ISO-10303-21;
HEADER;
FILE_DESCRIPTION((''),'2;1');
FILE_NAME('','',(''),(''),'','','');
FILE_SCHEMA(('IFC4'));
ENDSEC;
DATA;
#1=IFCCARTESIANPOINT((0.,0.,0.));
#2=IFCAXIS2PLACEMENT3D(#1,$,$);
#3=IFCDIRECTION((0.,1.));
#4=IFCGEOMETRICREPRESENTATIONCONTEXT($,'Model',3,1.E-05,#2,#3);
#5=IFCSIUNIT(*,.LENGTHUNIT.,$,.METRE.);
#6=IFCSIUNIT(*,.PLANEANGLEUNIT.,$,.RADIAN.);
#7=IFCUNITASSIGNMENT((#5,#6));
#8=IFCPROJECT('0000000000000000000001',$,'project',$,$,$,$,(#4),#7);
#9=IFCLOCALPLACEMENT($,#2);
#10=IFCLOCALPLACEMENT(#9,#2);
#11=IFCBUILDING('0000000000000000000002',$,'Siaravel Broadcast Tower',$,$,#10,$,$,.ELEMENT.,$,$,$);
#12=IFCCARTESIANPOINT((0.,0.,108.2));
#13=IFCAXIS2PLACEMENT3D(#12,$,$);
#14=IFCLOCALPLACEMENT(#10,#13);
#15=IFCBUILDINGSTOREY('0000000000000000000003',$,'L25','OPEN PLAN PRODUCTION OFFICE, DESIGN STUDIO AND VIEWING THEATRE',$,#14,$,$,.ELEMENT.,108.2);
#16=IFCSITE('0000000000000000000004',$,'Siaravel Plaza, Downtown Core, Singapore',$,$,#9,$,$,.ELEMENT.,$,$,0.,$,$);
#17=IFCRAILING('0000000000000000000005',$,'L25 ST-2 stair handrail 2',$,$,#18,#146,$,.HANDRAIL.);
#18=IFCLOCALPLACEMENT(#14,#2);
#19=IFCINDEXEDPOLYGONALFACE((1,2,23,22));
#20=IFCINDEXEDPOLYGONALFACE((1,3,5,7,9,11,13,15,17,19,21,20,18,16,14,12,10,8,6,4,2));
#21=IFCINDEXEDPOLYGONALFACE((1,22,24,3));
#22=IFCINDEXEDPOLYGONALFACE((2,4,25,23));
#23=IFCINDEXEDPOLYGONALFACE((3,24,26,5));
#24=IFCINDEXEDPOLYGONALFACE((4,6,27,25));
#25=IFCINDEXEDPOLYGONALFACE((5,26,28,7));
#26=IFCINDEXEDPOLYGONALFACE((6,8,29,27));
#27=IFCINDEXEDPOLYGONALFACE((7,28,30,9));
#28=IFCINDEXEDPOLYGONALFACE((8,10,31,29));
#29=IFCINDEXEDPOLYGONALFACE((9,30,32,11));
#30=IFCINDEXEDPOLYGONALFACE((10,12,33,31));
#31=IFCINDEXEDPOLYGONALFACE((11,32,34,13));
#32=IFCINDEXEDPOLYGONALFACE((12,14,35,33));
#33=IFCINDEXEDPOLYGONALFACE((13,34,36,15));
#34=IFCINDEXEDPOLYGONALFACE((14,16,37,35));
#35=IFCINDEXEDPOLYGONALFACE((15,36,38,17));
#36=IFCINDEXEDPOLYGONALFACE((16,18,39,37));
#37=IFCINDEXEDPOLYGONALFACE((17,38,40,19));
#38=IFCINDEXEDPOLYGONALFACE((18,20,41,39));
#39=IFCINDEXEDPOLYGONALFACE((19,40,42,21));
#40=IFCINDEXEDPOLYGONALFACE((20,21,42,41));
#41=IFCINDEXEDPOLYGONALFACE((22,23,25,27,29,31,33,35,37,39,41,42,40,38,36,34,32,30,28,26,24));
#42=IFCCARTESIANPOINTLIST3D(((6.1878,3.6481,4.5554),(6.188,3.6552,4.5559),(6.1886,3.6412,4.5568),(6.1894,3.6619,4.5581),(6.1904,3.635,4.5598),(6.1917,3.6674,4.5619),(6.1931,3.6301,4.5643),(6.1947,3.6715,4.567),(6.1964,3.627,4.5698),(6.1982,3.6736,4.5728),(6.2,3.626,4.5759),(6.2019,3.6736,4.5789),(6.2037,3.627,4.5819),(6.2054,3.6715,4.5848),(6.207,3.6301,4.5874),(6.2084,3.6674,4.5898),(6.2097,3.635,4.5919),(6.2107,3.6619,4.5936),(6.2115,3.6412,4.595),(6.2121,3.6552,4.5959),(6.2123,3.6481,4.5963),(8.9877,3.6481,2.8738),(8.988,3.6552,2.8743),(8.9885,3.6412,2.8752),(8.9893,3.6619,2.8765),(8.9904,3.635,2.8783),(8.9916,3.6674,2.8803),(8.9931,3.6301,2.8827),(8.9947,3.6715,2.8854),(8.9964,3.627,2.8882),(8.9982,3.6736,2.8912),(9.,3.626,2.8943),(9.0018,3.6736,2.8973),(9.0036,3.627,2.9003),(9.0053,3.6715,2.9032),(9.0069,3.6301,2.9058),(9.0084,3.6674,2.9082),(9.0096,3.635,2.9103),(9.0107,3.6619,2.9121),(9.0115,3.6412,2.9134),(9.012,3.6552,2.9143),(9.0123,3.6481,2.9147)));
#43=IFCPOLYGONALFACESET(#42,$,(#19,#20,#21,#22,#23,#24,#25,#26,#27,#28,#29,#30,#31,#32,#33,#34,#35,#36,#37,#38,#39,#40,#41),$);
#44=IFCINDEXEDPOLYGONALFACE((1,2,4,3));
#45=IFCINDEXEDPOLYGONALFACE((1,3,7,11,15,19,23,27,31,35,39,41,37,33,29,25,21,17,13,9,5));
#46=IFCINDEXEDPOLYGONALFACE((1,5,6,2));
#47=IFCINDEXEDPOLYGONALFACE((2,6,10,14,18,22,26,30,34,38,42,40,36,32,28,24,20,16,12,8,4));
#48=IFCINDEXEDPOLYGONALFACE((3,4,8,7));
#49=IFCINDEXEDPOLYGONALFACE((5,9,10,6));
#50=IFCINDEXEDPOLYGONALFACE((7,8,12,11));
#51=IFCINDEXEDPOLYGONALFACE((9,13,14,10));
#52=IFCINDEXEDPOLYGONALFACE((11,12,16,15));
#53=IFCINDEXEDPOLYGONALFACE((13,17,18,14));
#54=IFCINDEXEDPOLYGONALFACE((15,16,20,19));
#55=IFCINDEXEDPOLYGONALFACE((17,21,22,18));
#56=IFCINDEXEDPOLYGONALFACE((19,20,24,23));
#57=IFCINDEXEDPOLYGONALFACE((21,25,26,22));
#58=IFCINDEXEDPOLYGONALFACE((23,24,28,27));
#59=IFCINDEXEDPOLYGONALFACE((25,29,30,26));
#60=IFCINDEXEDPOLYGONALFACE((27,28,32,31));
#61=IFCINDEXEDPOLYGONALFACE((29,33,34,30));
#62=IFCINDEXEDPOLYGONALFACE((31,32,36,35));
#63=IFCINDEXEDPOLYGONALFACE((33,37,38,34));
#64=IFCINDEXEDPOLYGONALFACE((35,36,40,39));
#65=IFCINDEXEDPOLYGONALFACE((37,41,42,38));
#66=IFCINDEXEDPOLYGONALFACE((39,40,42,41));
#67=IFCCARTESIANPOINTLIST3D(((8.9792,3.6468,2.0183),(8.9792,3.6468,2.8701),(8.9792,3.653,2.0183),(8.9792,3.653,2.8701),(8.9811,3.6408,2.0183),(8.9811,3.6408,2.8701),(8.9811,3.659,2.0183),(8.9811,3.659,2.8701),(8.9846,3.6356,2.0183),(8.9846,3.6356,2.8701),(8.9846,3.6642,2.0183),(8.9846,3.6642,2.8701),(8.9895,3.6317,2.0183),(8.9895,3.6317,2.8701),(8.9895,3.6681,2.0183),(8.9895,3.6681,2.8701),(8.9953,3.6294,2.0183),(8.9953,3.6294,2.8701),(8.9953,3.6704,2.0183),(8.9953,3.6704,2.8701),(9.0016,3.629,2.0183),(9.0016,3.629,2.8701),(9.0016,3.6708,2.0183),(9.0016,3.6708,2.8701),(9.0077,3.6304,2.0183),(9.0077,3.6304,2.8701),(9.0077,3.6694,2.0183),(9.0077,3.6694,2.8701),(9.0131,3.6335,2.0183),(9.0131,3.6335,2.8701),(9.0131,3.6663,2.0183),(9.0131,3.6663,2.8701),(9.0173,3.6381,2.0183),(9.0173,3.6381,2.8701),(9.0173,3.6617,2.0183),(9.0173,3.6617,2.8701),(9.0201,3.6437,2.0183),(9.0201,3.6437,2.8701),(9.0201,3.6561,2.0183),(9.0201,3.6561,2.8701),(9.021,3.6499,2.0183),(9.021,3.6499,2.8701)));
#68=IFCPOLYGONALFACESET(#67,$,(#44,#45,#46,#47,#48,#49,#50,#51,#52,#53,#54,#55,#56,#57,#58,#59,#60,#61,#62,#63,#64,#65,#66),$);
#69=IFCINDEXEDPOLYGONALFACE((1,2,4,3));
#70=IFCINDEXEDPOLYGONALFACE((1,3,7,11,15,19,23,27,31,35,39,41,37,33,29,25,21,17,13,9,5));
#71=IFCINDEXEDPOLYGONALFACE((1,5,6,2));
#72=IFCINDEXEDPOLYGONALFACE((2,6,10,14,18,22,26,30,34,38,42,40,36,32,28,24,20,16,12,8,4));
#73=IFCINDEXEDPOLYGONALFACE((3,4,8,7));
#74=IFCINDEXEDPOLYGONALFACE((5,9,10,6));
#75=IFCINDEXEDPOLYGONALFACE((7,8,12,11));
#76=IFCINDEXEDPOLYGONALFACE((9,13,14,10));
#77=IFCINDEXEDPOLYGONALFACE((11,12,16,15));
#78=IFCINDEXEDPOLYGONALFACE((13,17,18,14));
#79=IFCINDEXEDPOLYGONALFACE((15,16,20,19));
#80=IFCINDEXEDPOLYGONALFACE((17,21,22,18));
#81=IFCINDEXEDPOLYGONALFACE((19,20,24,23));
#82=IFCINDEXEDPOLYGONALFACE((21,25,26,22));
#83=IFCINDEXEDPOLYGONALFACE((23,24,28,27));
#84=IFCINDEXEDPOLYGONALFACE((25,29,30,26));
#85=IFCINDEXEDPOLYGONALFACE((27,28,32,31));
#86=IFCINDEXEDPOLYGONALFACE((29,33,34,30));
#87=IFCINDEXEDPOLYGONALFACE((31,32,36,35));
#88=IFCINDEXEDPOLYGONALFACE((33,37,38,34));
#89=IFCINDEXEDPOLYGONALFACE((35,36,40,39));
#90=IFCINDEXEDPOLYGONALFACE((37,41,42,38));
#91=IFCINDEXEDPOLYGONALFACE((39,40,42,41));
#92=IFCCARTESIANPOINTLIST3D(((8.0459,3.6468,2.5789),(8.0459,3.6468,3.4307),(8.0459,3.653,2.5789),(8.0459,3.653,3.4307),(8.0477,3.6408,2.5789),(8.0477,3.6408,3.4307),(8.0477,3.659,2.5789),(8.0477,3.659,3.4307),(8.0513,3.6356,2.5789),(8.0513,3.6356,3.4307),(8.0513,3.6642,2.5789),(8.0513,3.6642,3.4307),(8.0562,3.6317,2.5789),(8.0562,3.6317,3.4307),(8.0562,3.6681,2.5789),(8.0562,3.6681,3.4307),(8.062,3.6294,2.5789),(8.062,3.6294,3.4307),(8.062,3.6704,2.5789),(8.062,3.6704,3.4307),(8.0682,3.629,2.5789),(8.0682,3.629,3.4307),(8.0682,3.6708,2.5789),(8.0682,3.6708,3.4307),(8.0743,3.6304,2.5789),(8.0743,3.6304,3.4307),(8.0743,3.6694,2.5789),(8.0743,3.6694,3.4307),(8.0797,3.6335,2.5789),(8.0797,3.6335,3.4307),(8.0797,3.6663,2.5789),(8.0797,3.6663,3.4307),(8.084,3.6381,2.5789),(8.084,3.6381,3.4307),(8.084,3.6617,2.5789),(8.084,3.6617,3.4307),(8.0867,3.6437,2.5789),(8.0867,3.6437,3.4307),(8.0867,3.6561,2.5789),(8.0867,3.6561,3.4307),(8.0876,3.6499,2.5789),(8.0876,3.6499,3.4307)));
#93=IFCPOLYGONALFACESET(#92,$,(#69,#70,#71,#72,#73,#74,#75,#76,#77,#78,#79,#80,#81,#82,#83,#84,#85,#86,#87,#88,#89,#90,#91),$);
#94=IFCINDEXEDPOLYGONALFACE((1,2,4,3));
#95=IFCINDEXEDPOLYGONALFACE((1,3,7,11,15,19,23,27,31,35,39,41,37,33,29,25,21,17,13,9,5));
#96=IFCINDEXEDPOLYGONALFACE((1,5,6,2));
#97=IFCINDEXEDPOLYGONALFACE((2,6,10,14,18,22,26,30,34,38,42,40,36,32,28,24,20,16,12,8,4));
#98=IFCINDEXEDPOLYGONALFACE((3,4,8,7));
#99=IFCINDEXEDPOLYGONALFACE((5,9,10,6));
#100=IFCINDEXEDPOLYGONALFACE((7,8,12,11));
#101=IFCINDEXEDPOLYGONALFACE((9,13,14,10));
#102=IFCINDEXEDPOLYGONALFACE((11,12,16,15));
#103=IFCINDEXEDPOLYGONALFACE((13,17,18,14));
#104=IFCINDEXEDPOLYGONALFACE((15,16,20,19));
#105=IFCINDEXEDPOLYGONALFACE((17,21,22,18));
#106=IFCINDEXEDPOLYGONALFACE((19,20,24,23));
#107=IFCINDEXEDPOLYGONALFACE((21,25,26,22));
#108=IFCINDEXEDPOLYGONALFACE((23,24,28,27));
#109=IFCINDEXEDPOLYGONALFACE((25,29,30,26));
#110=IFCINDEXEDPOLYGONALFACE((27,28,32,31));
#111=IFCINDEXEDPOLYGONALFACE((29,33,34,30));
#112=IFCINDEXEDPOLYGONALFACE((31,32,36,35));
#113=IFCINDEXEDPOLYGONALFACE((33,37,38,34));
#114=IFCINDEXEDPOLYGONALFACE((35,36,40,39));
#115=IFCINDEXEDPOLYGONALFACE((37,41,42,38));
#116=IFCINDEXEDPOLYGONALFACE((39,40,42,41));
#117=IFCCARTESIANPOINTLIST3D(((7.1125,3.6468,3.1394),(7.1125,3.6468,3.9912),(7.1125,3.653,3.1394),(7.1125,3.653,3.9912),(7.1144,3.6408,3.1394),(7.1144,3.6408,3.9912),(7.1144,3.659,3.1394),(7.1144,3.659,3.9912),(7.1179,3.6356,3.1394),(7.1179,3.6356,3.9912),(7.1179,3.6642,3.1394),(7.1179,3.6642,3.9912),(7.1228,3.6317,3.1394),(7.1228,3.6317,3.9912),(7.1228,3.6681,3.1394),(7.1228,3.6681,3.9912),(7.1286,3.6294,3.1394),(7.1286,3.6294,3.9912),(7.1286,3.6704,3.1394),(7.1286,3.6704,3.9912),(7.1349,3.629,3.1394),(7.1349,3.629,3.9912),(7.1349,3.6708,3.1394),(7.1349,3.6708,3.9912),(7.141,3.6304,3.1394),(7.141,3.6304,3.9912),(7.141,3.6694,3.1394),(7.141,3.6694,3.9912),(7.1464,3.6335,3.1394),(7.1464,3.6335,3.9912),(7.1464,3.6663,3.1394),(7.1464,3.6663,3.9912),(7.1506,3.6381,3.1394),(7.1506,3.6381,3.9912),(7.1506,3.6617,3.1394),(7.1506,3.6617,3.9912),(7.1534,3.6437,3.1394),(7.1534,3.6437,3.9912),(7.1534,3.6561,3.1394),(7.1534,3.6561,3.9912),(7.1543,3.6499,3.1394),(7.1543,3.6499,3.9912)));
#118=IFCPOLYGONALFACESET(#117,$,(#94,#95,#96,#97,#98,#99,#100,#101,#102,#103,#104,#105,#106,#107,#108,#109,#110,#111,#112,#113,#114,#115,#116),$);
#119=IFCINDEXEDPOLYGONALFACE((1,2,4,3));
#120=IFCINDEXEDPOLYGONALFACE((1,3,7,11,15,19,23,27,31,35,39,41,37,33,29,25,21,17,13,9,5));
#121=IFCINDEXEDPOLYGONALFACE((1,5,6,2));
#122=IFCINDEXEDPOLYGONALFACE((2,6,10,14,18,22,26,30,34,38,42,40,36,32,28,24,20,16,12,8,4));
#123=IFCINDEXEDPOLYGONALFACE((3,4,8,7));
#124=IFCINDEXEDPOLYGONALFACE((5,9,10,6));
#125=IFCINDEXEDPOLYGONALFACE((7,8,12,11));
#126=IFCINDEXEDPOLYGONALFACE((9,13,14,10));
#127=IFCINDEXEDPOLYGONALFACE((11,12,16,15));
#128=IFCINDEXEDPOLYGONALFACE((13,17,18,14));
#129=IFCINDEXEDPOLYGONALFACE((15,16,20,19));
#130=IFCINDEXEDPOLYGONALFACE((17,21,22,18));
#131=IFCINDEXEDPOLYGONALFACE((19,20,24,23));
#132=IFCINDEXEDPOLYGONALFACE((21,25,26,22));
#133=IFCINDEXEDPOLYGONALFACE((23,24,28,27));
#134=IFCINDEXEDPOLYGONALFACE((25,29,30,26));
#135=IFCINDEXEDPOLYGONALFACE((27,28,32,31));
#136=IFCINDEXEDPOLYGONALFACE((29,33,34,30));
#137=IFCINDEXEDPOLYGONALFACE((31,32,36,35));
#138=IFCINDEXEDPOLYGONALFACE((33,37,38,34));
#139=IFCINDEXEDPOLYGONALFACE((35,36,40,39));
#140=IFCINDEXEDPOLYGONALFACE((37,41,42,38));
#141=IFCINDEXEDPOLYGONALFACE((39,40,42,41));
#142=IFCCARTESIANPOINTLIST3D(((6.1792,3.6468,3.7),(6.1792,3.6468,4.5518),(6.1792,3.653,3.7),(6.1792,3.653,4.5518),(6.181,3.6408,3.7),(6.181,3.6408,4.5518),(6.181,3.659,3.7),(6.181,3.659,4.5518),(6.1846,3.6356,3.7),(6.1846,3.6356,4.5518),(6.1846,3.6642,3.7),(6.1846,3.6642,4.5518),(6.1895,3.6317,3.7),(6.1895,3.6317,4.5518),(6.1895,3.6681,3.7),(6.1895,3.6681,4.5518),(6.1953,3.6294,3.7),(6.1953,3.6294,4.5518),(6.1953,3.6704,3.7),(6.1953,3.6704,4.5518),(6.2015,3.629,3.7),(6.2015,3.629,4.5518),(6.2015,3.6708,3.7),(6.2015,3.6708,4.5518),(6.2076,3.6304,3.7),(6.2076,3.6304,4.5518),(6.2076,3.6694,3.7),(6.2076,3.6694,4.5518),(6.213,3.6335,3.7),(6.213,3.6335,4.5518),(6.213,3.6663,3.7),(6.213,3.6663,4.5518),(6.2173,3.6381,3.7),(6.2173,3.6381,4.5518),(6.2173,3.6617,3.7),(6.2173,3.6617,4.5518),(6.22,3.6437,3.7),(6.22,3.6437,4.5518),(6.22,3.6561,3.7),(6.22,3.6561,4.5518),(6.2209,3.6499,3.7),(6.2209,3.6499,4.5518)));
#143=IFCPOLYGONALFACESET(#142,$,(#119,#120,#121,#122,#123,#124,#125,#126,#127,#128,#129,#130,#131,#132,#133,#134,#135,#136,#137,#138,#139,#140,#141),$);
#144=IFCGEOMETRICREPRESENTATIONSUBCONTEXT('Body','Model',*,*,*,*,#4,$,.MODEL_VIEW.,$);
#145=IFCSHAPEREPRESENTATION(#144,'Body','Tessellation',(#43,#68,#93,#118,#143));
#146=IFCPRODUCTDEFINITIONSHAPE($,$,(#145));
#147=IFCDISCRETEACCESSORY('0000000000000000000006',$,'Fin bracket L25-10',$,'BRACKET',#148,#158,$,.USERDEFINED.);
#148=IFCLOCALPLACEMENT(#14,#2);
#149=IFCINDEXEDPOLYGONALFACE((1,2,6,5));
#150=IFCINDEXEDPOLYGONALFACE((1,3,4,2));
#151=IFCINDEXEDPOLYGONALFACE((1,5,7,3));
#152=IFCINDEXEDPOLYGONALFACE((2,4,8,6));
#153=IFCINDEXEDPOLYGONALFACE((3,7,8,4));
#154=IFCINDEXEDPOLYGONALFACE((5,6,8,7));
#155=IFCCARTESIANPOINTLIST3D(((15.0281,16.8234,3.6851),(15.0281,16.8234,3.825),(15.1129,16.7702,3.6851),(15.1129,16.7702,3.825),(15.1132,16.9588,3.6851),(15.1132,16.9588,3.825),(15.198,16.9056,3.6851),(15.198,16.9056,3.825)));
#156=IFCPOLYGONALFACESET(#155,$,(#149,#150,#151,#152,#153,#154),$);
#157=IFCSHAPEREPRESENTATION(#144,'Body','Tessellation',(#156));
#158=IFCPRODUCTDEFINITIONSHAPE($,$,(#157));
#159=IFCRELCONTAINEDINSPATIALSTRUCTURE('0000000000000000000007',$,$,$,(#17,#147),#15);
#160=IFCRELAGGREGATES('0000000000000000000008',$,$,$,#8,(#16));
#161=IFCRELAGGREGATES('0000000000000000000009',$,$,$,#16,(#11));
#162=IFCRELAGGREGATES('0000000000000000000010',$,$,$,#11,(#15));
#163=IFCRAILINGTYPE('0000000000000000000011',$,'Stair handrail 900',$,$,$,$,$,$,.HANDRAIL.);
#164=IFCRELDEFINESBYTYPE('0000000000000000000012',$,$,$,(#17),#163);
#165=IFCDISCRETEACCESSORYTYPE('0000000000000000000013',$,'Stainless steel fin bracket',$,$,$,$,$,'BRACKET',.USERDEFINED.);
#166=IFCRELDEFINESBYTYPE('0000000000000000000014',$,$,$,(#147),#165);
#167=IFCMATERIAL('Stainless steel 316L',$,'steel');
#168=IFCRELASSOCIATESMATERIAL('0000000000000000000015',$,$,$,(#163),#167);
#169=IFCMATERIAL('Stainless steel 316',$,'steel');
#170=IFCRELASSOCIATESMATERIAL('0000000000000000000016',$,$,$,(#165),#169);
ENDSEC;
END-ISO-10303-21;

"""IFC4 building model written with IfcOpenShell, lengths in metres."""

from ifc_helpers import new_model, si_unit, direction, frame, origin, origin_2d, place, context, subcontext, project, spatial, rectangle, circle, extrude, material, type_object, element, save


model = new_model("IFC4")

# Units and contexts
model_context = context("Model", 3, precision=1e-05, world=origin(), true_north=direction((0.0, 1.0)))
body_context = subcontext(model_context, "Body", "Model", "MODEL_VIEW")
ifc_project = project(units=[si_unit("LENGTHUNIT", "METRE"), si_unit("PLANEANGLEUNIT", "RADIAN")], contexts=[model_context])

# Site, building, storey
site_placement = place(None, origin())
site = spatial("IfcSite", under=ifc_project, at=site_placement, Name="Siaravel Plaza, Downtown Core, Singapore", CompositionType="ELEMENT", RefElevation=0.0)
building_placement = place(site_placement, origin())
building = spatial("IfcBuilding", under=site, at=building_placement, Name="Siaravel Broadcast Tower", CompositionType="ELEMENT")
storey_placement = place(building_placement, frame((0.0, 0.0, 108.2)))
storey = spatial("IfcBuildingStorey", under=building, at=storey_placement, Name="L25", Description="OPEN PLAN PRODUCTION OFFICE, DESIGN STUDIO AND VIEWING THEATRE", CompositionType="ELEMENT", Elevation=108.2)

# Railing
ifc_material_1 = material(Name="Stainless steel 316L", Category="steel")
railing_type_1 = type_object("IfcRailingType", Name="Stair handrail 900", PredefinedType="HANDRAIL", material=ifc_material_1)
railing_1_placement = place(storey_placement, frame((9.0, 3.6499, 2.0183)))
element("IfcRailing", 1, at=railing_1_placement, inside=storey, type_object=railing_type_1, Name="L25 ST-2 stair handrail 2", PredefinedType="HANDRAIL", context=body_context, shape_type="SweptSolid", body=[
    extrude(circle(Radius=0.0239, at=origin_2d()), frame((0.0, 0.0, 0.876), z_axis=(-0.857275, 0.0, 0.514858), x_axis=(0.0, -1.0, 0.0)), (0.0, 0.0, 1.0), 3.2661),
    extrude(circle(Radius=0.021, at=origin_2d()), origin(), (0.0, 0.0, 1.0), 0.8518),
    extrude(circle(Radius=0.021, at=origin_2d()), frame((-0.9333, 0.0, 0.5605)), (0.0, 0.0, 1.0), 0.8518),
    extrude(circle(Radius=0.021, at=origin_2d()), frame((-1.8667, 0.0, 1.1211)), (0.0, 0.0, 1.0), 0.8518),
    extrude(circle(Radius=0.021, at=origin_2d()), frame((-2.8, 0.0, 1.6816)), (0.0, 0.0, 1.0), 0.8518),
])

# Discrete accessory
ifc_material_2 = material(Name="Stainless steel 316", Category="steel")
discrete_accessory_type = type_object("IfcDiscreteAccessoryType", Name="Stainless steel fin bracket", ElementType="BRACKET", PredefinedType="USERDEFINED", material=ifc_material_2)
discrete_accessory_placement = place(storey_placement, frame((15.113, 16.8645, 3.6851), z_axis=(0.0, 0.0, 1.0), x_axis=(0.532149, 0.84665, 0.0)))
element("IfcDiscreteAccessory", 2, at=discrete_accessory_placement, inside=storey, type_object=discrete_accessory_type, Name="Fin bracket L25-10", ObjectType="BRACKET", PredefinedType="USERDEFINED", context=body_context, shape_type="SweptSolid", body=[
    extrude(rectangle(XDim=0.1599, YDim=0.1001, at=origin_2d()), origin(), (0.0, 0.0, 1.0), 0.1399),
])

save(model, "model.ifc")
